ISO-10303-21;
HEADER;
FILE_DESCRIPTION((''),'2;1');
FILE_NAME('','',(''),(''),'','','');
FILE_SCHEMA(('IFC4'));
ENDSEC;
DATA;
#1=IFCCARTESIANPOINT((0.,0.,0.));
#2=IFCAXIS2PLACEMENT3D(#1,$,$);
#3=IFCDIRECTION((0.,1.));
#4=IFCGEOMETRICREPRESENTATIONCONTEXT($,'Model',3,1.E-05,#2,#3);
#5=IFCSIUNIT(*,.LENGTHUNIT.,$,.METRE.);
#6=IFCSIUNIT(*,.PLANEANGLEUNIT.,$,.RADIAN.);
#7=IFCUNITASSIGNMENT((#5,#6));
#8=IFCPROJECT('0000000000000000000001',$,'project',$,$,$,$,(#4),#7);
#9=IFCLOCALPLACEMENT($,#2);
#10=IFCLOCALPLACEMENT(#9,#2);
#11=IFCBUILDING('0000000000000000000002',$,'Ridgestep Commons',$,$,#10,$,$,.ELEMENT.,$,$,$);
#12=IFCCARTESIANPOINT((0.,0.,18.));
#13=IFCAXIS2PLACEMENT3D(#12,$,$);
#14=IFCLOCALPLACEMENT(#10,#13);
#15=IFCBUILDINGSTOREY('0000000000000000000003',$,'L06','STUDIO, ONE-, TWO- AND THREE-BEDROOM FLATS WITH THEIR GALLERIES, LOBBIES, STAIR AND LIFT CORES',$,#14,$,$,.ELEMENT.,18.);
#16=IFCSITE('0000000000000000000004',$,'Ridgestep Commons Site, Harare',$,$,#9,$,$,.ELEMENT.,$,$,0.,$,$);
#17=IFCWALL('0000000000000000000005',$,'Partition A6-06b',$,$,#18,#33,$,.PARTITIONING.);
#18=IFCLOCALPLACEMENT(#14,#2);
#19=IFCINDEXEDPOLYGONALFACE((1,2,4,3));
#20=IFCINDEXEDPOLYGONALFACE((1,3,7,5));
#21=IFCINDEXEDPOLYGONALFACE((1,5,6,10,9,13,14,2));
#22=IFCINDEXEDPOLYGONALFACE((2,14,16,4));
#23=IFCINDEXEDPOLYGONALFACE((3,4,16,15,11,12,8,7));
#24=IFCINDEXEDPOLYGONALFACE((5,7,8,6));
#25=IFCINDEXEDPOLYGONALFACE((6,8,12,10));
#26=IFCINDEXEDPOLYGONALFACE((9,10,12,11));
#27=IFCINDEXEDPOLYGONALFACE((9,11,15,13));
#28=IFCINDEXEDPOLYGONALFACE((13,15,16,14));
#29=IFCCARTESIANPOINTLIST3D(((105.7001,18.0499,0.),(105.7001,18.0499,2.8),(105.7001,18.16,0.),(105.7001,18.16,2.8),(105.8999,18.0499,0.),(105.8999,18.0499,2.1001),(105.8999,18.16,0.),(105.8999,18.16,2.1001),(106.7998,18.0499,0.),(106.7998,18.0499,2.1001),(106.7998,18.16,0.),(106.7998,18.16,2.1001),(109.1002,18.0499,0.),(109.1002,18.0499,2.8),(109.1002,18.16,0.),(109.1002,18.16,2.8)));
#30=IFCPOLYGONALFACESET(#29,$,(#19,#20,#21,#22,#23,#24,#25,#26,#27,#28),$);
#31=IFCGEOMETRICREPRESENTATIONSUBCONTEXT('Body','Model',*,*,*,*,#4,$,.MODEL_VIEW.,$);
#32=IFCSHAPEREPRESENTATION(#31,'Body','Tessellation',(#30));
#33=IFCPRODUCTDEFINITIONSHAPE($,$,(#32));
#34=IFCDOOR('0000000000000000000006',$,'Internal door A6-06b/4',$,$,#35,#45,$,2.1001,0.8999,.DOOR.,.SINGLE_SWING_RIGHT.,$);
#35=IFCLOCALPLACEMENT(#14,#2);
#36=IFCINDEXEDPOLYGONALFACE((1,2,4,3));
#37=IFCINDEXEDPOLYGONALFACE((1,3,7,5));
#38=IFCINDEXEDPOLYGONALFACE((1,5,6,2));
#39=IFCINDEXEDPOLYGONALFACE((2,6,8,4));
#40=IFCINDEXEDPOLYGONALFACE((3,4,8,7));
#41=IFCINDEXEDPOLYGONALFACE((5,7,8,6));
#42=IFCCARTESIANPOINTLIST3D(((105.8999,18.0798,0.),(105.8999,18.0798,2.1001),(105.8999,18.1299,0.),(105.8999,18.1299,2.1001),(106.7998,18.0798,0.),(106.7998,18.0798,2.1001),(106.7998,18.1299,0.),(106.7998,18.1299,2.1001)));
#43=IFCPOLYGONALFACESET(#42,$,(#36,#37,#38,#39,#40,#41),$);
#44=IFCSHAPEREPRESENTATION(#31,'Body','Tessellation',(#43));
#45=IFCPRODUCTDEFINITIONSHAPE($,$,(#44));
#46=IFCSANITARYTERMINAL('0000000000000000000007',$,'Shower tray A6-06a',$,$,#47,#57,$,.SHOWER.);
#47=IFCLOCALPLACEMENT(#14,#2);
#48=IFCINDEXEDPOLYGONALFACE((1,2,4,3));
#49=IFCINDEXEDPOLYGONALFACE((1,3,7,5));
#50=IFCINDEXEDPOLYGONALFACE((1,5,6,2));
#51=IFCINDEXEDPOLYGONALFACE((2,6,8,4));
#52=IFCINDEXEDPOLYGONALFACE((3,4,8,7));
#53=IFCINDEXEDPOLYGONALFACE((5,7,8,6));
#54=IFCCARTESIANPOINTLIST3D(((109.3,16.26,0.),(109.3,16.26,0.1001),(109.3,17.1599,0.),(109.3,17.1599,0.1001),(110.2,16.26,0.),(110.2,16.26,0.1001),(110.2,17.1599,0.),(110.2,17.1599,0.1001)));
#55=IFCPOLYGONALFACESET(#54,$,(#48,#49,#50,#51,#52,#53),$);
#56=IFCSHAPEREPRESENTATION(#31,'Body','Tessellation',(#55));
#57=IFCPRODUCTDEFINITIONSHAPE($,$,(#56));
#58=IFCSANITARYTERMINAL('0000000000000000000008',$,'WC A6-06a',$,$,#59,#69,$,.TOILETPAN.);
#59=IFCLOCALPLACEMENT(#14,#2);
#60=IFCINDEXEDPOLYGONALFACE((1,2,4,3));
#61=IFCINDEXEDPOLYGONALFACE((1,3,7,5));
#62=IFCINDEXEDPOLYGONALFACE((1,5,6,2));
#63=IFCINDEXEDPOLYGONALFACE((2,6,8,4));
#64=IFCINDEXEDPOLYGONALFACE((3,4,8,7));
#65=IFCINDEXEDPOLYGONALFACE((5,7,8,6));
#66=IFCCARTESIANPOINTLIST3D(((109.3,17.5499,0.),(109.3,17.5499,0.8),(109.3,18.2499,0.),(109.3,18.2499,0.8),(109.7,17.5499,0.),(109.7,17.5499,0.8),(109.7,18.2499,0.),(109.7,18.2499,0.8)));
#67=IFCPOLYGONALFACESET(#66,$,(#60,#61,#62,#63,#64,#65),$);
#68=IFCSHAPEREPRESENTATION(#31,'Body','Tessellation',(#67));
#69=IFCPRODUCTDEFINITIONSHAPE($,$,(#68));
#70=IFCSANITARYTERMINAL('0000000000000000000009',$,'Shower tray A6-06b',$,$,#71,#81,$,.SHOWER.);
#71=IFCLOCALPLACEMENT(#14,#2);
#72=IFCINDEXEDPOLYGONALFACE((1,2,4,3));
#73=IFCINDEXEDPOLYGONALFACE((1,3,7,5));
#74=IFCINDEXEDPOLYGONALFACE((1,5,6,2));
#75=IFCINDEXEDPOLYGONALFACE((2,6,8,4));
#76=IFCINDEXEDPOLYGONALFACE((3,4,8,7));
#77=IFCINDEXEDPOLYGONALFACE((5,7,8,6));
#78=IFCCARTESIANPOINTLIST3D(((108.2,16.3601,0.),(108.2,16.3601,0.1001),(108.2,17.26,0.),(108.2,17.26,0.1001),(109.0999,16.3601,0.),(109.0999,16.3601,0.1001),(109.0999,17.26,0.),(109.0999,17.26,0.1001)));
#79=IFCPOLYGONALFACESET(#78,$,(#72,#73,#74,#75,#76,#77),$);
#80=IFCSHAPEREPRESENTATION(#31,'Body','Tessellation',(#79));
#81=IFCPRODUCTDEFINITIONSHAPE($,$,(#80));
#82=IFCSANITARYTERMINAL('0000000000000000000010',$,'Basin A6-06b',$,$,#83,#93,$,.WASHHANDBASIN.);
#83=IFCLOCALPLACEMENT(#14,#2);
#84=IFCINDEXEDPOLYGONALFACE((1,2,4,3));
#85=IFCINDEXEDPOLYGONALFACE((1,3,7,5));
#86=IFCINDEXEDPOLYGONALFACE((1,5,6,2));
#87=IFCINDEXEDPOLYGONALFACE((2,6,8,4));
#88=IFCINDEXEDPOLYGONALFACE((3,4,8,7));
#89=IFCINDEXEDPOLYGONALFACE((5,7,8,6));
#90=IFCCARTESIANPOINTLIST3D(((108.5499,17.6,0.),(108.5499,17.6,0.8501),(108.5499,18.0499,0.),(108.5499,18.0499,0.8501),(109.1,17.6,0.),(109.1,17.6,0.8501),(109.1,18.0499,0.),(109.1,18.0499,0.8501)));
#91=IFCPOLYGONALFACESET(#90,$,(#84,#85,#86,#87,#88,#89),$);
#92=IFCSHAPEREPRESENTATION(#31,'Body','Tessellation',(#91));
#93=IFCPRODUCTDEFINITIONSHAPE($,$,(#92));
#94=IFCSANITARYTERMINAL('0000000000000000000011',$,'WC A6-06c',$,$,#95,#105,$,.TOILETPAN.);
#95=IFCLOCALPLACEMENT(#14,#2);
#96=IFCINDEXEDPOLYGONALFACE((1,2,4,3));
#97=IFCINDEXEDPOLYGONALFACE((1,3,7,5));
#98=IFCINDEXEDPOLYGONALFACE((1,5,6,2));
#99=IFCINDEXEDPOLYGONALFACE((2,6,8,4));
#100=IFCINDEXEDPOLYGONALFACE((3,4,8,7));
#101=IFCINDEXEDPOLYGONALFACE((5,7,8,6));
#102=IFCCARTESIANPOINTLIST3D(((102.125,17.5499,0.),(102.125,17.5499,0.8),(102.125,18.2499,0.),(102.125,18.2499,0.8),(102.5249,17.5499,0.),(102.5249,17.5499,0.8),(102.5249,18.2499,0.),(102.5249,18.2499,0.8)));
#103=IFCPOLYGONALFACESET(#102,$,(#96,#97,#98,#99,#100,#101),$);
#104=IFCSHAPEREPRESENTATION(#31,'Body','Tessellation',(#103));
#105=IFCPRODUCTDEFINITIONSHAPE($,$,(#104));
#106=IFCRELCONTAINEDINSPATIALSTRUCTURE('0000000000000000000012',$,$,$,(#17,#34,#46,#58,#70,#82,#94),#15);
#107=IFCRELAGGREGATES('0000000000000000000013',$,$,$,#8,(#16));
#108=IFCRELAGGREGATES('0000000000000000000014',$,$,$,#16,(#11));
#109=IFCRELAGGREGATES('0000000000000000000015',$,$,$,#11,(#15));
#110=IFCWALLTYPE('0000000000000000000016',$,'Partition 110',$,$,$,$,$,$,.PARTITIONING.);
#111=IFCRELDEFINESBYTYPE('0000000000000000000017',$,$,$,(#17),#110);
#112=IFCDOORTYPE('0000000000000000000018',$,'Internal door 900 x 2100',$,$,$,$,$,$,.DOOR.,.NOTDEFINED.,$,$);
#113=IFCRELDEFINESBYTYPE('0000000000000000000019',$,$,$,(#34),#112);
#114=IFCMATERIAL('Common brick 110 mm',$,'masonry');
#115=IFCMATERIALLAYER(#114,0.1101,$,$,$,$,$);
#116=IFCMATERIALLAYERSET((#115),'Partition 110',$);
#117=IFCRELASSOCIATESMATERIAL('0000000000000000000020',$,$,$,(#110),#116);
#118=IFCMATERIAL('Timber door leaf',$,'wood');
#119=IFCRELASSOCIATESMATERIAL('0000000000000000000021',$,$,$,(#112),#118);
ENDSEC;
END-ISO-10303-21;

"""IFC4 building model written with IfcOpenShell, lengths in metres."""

from ifc_helpers import new_model, si_unit, direction, frame, frame_2d, origin, origin_2d, place, context, subcontext, project, spatial, rectangle, extrude, material, layer, layer_set, type_object, element, fill, save


model = new_model("IFC4")

# Units and contexts
model_context = context("Model", 3, precision=1e-05, world=origin(), true_north=direction((0.0, 1.0)))
body_context = subcontext(model_context, "Body", "Model", "MODEL_VIEW")
ifc_project = project(units=[si_unit("LENGTHUNIT", "METRE"), si_unit("PLANEANGLEUNIT", "RADIAN")], contexts=[model_context])

# Site, building, storey
site_placement = place(None, origin())
site = spatial("IfcSite", under=ifc_project, at=site_placement, Name="Ridgestep Commons Site, Harare", CompositionType="ELEMENT", RefElevation=0.0)
building_placement = place(site_placement, origin())
building = spatial("IfcBuilding", under=site, at=building_placement, Name="Ridgestep Commons", CompositionType="ELEMENT")
storey_placement = place(building_placement, frame((0.0, 0.0, 18.0)))
storey = spatial("IfcBuildingStorey", under=building, at=storey_placement, Name="L06", Description="STUDIO, ONE-, TWO- AND THREE-BEDROOM FLATS WITH THEIR GALLERIES, LOBBIES, STAIR AND LIFT CORES", CompositionType="ELEMENT", Elevation=18.0)

# Wall, opening, door
ifc_material_1 = material(Name="Common brick 110 mm", Category="masonry")
ifc_layer_1 = layer(ifc_material_1, 0.1101)
ifc_layer_set_1 = layer_set([ifc_layer_1], Name="Partition 110")
wall_type_1 = type_object("IfcWallType", Name="Partition 110", PredefinedType="PARTITIONING", material=ifc_layer_set_1)
ifc_material_2 = material(Name="Timber door leaf", Category="wood")
door_type = type_object("IfcDoorType", Name="Internal door 900 x 2100", OperationType="NOTDEFINED", PredefinedType="DOOR", material=ifc_material_2)
wall_1_placement = place(storey_placement, frame((105.7, 18.105, 0.0), z_axis=(0.0, 0.0, 1.0), x_axis=(1.0, 0.0, 0.0)))
wall_1 = element("IfcWall", 1, at=wall_1_placement, inside=storey, type_object=wall_type_1, Name="Partition A6-06b", PredefinedType="PARTITIONING", context=body_context, shape_type="SweptSolid", body=[
    extrude(rectangle(XDim=3.4001, YDim=0.1101, at=frame_2d((1.7002, 0.0))), origin(), (0.0, 0.0, 1.0), 2.8),
])
opening_1_placement = place(wall_1_placement, frame((0.2, 0.0, 0.0)))
opening_1 = element("IfcOpeningElement", 2, at=opening_1_placement, cuts=wall_1, PredefinedType="OPENING", context=body_context, shape_type="SweptSolid", body=[
    extrude(rectangle(XDim=0.8999, YDim=2.1001, at=frame_2d((0.45, 1.05))), frame((0.0, 0.0649, 0.0), z_axis=(0.0, -1.0, 0.0), x_axis=(1.0, 0.0, 0.0)), (0.0, 0.0, 1.0), 0.1301),
])
door_1_placement = place(opening_1_placement, origin())
door_1 = element("IfcDoor", 3, at=door_1_placement, inside=storey, type_object=door_type, Name="Internal door A6-06b/4", OperationType="SINGLE_SWING_RIGHT", OverallHeight=2.1001, OverallWidth=0.8999, PredefinedType="DOOR", context=body_context, shape_type="SweptSolid", body=[
    extrude(rectangle(XDim=0.8999, YDim=2.1001, at=frame_2d((0.45, 1.05))), frame((0.0, 0.0249, 0.0), z_axis=(0.0, -1.0, 0.0), x_axis=(1.0, 0.0, 0.0)), (0.0, 0.0, 1.0), 0.05),
])
fill(opening_1, door_1)

# Sanitary terminals
sanitary_terminal_1_placement = place(storey_placement, frame((109.75, 16.71, 0.0), z_axis=(0.0, 0.0, 1.0), x_axis=(1.0, 0.0, 0.0)))
element("IfcSanitaryTerminal", 4, at=sanitary_terminal_1_placement, inside=storey, Name="Shower tray A6-06a", PredefinedType="SHOWER", context=body_context, shape_type="SweptSolid", body=[
    extrude(rectangle(XDim=0.8999, YDim=0.8999, at=origin_2d()), origin(), (0.0, 0.0, 1.0), 0.1001),
])
sanitary_terminal_2_placement = place(storey_placement, frame((109.5, 17.8999, 0.0), z_axis=(0.0, 0.0, 1.0), x_axis=(1.0, 0.0, 0.0)))
element("IfcSanitaryTerminal", 5, at=sanitary_terminal_2_placement, inside=storey, Name="WC A6-06a", PredefinedType="TOILETPAN", context=body_context, shape_type="SweptSolid", body=[
    extrude(rectangle(XDim=0.3999, YDim=0.7, at=origin_2d()), origin(), (0.0, 0.0, 1.0), 0.8),
])
sanitary_terminal_3_placement = place(storey_placement, frame((108.6499, 16.8101, 0.0), z_axis=(0.0, 0.0, 1.0), x_axis=(1.0, 0.0, 0.0)))
element("IfcSanitaryTerminal", 6, at=sanitary_terminal_3_placement, inside=storey, Name="Shower tray A6-06b", PredefinedType="SHOWER", context=body_context, shape_type="SweptSolid", body=[
    extrude(rectangle(XDim=0.8999, YDim=0.8999, at=origin_2d()), origin(), (0.0, 0.0, 1.0), 0.1001),
])
sanitary_terminal_4_placement = place(storey_placement, frame((108.825, 17.825, 0.0), z_axis=(0.0, 0.0, 1.0), x_axis=(1.0, 0.0, 0.0)))
element("IfcSanitaryTerminal", 7, at=sanitary_terminal_4_placement, inside=storey, Name="Basin A6-06b", PredefinedType="WASHHANDBASIN", context=body_context, shape_type="SweptSolid", body=[
    extrude(rectangle(XDim=0.55, YDim=0.45, at=origin_2d()), origin(), (0.0, 0.0, 1.0), 0.8501),
])
sanitary_terminal_5_placement = place(storey_placement, frame((102.325, 17.8999, 0.0), z_axis=(0.0, 0.0, 1.0), x_axis=(1.0, 0.0, 0.0)))
element("IfcSanitaryTerminal", 8, at=sanitary_terminal_5_placement, inside=storey, Name="WC A6-06c", PredefinedType="TOILETPAN", context=body_context, shape_type="SweptSolid", body=[
    extrude(rectangle(XDim=0.3999, YDim=0.7, at=origin_2d()), origin(), (0.0, 0.0, 1.0), 0.8),
])

save(model, "model.ifc")
